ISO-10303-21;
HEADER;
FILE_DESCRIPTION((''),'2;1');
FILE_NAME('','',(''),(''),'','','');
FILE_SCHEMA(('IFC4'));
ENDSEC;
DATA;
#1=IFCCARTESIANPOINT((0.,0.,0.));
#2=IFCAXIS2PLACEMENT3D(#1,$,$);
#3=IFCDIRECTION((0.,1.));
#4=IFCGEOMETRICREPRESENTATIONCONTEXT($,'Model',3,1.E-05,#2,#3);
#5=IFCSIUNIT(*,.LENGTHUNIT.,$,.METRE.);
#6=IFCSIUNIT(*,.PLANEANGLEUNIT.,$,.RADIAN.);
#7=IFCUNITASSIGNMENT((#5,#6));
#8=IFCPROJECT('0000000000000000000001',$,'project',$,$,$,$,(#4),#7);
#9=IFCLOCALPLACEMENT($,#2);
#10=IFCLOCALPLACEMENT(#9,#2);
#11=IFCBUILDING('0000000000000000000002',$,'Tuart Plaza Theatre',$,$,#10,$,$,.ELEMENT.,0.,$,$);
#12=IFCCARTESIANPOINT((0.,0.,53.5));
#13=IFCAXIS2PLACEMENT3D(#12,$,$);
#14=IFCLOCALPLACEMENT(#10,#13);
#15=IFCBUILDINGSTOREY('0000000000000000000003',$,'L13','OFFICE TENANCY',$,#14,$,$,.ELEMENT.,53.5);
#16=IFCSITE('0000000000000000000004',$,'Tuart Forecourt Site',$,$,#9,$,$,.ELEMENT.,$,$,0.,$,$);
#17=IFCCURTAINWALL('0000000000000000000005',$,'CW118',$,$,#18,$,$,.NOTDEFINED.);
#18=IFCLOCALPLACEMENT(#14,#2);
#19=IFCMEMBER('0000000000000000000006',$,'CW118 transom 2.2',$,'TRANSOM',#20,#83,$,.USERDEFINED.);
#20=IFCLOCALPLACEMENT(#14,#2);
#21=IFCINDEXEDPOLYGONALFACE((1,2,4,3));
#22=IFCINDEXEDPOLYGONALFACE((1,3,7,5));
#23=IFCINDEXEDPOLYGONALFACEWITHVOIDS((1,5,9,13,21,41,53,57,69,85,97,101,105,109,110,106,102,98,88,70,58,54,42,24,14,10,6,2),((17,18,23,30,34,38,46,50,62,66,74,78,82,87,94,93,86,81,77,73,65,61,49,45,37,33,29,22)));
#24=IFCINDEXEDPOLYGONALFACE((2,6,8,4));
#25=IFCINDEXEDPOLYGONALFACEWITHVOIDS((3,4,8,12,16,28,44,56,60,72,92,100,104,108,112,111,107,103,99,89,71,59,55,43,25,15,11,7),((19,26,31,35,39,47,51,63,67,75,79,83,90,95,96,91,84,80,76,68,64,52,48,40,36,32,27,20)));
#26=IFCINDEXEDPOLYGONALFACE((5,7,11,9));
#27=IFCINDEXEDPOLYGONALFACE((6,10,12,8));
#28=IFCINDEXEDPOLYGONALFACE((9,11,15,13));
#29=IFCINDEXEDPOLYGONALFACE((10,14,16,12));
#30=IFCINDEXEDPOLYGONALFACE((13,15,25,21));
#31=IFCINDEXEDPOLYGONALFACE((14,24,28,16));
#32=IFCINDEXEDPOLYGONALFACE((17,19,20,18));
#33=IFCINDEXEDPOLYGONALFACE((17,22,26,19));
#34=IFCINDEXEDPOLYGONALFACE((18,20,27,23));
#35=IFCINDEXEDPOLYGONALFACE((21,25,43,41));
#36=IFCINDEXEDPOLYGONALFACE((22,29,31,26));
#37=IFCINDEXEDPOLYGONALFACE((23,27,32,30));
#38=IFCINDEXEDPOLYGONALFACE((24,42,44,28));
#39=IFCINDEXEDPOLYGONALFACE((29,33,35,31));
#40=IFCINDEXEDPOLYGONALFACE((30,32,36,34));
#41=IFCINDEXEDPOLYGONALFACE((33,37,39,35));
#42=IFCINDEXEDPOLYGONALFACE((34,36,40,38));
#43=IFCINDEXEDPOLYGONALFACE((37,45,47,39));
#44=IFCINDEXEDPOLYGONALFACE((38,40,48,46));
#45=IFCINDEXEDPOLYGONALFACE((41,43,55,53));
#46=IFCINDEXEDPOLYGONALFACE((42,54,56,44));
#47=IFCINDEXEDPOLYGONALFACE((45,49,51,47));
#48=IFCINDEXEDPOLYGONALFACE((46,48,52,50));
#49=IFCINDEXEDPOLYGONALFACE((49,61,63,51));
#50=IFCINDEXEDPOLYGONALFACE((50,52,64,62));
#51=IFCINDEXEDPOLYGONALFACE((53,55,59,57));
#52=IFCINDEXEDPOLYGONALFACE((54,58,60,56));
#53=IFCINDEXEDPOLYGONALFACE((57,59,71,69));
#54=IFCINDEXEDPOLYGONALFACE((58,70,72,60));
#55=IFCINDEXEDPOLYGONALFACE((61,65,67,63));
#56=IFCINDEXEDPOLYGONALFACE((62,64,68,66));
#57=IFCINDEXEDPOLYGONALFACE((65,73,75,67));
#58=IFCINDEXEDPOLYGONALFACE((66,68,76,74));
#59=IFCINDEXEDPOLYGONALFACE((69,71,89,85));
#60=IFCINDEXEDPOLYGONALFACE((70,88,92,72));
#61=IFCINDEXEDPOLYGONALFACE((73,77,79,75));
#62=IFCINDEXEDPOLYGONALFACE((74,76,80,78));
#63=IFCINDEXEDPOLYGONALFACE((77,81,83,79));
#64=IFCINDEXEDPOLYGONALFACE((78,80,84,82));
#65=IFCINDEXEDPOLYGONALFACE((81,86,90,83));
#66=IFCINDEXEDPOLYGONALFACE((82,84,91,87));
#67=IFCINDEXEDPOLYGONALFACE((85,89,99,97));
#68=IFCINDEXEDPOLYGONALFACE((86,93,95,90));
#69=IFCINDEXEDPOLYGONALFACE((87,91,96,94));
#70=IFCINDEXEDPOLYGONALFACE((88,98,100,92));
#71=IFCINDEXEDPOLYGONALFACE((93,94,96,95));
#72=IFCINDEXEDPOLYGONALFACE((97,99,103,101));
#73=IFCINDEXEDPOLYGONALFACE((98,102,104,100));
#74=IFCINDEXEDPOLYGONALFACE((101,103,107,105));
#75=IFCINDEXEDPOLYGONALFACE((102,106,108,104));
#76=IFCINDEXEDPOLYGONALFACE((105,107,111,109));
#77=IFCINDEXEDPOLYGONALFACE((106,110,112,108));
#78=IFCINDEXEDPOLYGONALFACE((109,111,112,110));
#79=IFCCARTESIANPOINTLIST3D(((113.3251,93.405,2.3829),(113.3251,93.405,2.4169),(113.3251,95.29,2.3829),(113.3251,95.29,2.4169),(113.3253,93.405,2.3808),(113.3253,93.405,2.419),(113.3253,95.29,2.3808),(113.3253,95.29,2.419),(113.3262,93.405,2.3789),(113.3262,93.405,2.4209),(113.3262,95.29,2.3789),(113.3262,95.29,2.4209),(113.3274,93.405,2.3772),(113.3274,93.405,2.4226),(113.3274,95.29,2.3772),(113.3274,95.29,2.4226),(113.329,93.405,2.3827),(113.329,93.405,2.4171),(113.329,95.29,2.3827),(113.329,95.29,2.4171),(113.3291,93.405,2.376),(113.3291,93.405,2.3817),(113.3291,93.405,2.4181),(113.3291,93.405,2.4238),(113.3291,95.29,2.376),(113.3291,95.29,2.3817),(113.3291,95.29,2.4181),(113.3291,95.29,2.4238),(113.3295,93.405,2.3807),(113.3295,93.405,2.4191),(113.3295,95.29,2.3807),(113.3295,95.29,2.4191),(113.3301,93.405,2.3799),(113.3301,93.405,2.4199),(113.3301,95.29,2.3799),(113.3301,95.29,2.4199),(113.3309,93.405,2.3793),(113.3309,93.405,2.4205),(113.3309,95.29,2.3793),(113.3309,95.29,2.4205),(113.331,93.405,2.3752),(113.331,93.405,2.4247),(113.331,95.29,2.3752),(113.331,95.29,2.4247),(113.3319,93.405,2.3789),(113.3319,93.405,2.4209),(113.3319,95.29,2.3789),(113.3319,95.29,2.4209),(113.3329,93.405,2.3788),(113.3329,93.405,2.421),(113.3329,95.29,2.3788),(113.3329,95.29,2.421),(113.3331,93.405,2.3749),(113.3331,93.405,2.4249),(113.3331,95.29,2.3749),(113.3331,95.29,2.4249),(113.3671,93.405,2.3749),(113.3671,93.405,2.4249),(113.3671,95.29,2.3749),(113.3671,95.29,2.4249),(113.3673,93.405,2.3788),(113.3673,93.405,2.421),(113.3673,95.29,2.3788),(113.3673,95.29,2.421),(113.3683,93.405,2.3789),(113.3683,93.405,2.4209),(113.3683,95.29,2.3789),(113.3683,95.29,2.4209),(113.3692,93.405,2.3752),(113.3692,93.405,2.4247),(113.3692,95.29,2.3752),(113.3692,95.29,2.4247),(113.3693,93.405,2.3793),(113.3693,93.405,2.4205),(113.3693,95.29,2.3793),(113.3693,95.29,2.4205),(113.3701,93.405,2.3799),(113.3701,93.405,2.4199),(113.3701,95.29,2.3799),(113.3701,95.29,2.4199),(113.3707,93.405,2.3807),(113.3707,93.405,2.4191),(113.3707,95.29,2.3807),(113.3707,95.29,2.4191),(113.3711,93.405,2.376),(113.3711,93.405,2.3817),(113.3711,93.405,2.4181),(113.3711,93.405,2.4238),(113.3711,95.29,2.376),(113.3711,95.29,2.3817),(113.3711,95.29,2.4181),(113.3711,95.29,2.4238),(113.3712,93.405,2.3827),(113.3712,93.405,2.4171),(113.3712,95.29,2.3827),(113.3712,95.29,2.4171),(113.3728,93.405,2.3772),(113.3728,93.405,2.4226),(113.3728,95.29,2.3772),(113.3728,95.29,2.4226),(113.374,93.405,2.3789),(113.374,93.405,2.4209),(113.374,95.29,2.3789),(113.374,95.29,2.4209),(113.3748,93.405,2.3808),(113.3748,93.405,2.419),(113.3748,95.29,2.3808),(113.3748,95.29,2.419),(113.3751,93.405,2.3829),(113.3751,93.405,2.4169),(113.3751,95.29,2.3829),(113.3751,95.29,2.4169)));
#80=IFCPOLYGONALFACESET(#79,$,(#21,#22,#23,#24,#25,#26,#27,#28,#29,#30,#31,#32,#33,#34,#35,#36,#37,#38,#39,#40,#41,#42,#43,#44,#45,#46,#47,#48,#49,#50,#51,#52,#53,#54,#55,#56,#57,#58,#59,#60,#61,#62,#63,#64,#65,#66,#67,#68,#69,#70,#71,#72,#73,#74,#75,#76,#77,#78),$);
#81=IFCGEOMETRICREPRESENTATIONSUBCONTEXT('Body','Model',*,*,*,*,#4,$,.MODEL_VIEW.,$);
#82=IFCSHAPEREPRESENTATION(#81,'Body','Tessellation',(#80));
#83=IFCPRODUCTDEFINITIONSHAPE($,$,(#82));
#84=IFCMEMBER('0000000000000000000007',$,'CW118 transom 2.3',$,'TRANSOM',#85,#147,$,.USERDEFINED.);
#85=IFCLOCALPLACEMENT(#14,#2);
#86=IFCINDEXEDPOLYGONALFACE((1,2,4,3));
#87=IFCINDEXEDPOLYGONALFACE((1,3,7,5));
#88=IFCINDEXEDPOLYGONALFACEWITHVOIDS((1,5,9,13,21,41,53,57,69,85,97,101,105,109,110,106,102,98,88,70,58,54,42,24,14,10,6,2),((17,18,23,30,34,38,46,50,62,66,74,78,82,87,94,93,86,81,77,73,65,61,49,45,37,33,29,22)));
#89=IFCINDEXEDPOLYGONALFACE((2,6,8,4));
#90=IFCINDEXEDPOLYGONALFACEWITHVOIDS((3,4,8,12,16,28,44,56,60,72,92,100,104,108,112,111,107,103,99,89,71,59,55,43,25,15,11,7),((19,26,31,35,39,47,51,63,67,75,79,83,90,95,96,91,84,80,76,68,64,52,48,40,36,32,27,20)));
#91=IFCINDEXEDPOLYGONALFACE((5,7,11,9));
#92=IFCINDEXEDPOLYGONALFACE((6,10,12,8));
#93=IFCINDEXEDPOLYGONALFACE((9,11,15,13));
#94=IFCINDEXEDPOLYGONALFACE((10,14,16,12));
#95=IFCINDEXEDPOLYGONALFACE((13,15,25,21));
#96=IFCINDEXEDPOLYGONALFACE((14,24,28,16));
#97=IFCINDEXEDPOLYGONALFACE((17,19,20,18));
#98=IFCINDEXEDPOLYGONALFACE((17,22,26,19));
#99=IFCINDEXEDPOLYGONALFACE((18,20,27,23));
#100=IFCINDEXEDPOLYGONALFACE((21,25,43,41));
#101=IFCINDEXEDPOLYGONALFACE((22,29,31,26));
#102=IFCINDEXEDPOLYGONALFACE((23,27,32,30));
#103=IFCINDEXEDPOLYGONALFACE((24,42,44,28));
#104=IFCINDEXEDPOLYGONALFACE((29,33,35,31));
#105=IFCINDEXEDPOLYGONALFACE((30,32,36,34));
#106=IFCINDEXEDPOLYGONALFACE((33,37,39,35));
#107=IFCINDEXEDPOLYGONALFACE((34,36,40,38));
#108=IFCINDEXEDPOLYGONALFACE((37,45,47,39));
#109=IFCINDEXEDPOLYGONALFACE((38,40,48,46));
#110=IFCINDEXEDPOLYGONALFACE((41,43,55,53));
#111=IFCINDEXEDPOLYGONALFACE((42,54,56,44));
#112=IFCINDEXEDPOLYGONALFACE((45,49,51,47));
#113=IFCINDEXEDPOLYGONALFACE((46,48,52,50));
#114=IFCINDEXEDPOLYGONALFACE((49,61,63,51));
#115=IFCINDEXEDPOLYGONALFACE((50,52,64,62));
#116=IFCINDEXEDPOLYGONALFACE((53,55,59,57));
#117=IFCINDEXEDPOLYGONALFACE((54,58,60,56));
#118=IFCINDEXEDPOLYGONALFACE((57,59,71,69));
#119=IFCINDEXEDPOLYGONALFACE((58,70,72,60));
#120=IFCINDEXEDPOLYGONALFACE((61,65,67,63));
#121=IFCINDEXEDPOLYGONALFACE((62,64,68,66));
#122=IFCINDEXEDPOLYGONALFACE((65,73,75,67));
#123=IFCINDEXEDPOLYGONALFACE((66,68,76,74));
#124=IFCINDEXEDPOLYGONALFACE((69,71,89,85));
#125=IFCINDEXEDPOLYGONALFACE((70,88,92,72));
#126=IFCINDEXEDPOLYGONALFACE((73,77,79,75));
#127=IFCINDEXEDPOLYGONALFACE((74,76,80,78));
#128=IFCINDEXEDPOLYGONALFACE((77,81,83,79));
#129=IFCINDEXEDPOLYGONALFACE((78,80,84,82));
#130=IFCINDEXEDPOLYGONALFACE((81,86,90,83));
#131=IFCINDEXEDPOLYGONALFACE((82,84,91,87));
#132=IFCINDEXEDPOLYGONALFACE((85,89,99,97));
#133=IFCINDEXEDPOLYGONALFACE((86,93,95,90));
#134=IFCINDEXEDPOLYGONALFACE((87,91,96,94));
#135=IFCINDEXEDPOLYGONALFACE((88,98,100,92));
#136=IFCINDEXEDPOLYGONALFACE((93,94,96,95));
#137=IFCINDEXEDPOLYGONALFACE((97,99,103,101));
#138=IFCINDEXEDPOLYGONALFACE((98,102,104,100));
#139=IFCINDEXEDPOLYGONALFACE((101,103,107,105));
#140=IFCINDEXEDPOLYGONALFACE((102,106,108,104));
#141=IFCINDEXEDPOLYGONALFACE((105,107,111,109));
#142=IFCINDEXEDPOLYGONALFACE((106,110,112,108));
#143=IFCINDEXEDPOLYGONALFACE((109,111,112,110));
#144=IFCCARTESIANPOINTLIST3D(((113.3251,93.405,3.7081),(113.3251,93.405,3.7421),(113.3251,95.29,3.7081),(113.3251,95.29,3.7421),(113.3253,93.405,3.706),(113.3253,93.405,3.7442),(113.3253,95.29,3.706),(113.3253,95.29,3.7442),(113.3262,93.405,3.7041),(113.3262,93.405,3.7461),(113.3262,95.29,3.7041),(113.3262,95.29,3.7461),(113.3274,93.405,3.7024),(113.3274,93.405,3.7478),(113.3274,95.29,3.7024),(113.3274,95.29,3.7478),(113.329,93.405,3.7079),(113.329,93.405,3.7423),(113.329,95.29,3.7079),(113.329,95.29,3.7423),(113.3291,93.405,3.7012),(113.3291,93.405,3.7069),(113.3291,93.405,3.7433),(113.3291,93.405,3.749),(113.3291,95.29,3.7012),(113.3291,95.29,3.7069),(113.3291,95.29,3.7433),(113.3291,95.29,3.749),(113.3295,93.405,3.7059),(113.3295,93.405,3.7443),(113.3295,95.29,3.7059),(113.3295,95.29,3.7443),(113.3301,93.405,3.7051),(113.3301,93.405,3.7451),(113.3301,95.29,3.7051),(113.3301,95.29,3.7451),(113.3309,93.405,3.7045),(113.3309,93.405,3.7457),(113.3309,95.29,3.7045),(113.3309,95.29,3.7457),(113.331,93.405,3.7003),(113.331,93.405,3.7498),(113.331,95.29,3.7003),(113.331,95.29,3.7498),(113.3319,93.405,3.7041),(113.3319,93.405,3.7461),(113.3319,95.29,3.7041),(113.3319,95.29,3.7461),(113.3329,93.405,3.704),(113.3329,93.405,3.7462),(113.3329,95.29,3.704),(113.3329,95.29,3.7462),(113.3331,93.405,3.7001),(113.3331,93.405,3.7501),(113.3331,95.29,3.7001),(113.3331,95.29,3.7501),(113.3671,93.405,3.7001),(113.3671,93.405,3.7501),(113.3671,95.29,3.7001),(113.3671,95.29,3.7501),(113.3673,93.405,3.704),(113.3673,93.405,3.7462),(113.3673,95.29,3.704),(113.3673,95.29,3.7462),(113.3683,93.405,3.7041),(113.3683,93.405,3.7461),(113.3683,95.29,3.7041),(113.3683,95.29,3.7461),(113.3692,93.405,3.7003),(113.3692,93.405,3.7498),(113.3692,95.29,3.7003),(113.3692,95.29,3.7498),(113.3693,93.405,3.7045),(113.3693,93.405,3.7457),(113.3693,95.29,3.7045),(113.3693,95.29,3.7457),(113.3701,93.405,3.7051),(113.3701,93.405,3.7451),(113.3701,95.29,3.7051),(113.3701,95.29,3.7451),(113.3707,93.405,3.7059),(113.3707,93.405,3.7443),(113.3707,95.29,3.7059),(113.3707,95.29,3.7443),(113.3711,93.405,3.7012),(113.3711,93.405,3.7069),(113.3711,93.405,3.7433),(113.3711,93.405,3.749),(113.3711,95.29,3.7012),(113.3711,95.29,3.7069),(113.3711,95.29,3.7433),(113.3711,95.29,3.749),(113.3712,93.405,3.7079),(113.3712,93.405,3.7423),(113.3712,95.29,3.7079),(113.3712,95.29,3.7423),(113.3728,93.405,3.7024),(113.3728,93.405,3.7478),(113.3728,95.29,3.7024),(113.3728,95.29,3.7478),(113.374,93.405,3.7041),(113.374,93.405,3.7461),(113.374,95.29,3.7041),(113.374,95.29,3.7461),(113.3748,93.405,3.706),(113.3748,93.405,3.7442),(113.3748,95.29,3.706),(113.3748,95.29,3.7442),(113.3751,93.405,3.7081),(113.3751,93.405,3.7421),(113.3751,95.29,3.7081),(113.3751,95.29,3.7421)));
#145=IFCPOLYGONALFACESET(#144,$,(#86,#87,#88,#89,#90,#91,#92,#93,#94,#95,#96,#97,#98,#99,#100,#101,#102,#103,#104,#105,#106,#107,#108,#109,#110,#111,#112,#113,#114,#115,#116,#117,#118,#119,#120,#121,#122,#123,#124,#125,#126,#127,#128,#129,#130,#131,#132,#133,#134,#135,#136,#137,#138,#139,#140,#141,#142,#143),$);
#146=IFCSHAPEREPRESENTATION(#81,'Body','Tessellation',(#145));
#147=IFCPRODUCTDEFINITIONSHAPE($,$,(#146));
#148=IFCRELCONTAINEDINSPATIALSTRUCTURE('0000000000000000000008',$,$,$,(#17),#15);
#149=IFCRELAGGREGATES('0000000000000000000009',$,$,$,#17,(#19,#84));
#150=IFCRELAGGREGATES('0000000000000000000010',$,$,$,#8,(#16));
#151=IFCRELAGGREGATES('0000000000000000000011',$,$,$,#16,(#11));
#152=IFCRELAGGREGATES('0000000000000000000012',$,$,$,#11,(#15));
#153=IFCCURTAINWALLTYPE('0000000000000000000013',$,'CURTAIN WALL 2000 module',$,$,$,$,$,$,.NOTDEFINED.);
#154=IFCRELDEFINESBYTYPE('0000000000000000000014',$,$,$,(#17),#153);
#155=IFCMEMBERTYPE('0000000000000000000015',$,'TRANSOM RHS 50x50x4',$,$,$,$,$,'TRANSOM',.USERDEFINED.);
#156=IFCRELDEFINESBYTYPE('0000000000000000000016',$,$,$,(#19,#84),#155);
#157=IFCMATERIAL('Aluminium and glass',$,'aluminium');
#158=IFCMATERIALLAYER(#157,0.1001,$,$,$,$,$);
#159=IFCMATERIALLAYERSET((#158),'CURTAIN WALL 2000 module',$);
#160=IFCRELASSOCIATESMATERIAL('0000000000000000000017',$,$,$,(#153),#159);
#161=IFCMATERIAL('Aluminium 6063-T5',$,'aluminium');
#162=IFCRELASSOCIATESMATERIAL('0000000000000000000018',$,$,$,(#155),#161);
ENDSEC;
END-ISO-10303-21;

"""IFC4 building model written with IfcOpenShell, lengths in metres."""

from ifc_helpers import new_model, si_unit, direction, frame, origin, origin_2d, place, context, subcontext, project, spatial, hollow_rectangle, extrude, material, layer, layer_set, material_profile, profile_set, type_object, element, aggregate, save


model = new_model("IFC4")

# Units and contexts
model_context = context("Model", 3, precision=1e-05, world=origin(), true_north=direction((0.0, 1.0)))
body_context = subcontext(model_context, "Body", "Model", "MODEL_VIEW")
ifc_project = project(units=[si_unit("LENGTHUNIT", "METRE"), si_unit("PLANEANGLEUNIT", "RADIAN")], contexts=[model_context])

# Site, building, storey
site_placement = place(None, origin())
site = spatial("IfcSite", under=ifc_project, at=site_placement, Name="Tuart Forecourt Site", CompositionType="ELEMENT", RefElevation=0.0)
building_placement = place(site_placement, origin())
building = spatial("IfcBuilding", under=site, at=building_placement, Name="Tuart Plaza Theatre", CompositionType="ELEMENT", ElevationOfRefHeight=0.0)
storey_placement = place(building_placement, frame((0.0, 0.0, 53.5)))
storey = spatial("IfcBuildingStorey", under=building, at=storey_placement, Name="L13", Description="OFFICE TENANCY", CompositionType="ELEMENT", Elevation=53.5)

# Curtain wall, members
ifc_material_1 = material(Name="Aluminium and glass", Category="aluminium")
ifc_layer_1 = layer(ifc_material_1, 0.1001)
ifc_layer_set_1 = layer_set([ifc_layer_1], Name="CURTAIN WALL 2000 module")
curtain_wall_type = type_object("IfcCurtainWallType", Name="CURTAIN WALL 2000 module", PredefinedType="NOTDEFINED", material=ifc_layer_set_1)
curtain_wall_placement = place(storey_placement, origin())
curtain_wall = element("IfcCurtainWall", 1, at=curtain_wall_placement, inside=storey, type_object=curtain_wall_type, Name="CW118", PredefinedType="NOTDEFINED")
ifc_material_2 = material(Name="Aluminium 6063-T5", Category="aluminium")
ifc_material_profile_1 = material_profile(ifc_material_2, hollow_rectangle(XDim=0.05, YDim=0.05, WallThickness=0.0039, InnerFilletRadius=0.0039, OuterFilletRadius=0.0081, at=origin_2d()), Name="RHS 50x50x4")
ifc_profile_set_1 = profile_set([ifc_material_profile_1], Name="Aluminium 6063-T5")
member_type_1 = type_object("IfcMemberType", Name="TRANSOM RHS 50x50x4", ElementType="TRANSOM", PredefinedType="USERDEFINED", material=ifc_profile_set_1)
member_1_placement = place(storey_placement, frame((113.3501, 95.29, 2.3999), z_axis=(0.0, -1.0, 0.0), x_axis=(1.0, 0.0, 0.0)))
member_1 = element("IfcMember", 2, at=member_1_placement, type_object=member_type_1, Name="CW118 transom 2.2", ObjectType="TRANSOM", PredefinedType="USERDEFINED", context=body_context, shape_type="SweptSolid", body=[
    extrude(hollow_rectangle(XDim=0.05, YDim=0.05, WallThickness=0.0039, InnerFilletRadius=0.0039, OuterFilletRadius=0.0081, at=origin_2d()), origin(), (0.0, 0.0, 1.0), 1.885),
])
member_2_placement = place(storey_placement, frame((113.3501, 95.29, 3.7251), z_axis=(0.0, -1.0, 0.0), x_axis=(1.0, 0.0, 0.0)))
member_2 = element("IfcMember", 3, at=member_2_placement, type_object=member_type_1, Name="CW118 transom 2.3", ObjectType="TRANSOM", PredefinedType="USERDEFINED", context=body_context, shape_type="SweptSolid", body=[
    extrude(hollow_rectangle(XDim=0.05, YDim=0.05, WallThickness=0.0039, InnerFilletRadius=0.0039, OuterFilletRadius=0.0081, at=origin_2d()), origin(), (0.0, 0.0, 1.0), 1.885),
])
aggregate(curtain_wall, [member_1, member_2])

save(model, "model.ifc")
